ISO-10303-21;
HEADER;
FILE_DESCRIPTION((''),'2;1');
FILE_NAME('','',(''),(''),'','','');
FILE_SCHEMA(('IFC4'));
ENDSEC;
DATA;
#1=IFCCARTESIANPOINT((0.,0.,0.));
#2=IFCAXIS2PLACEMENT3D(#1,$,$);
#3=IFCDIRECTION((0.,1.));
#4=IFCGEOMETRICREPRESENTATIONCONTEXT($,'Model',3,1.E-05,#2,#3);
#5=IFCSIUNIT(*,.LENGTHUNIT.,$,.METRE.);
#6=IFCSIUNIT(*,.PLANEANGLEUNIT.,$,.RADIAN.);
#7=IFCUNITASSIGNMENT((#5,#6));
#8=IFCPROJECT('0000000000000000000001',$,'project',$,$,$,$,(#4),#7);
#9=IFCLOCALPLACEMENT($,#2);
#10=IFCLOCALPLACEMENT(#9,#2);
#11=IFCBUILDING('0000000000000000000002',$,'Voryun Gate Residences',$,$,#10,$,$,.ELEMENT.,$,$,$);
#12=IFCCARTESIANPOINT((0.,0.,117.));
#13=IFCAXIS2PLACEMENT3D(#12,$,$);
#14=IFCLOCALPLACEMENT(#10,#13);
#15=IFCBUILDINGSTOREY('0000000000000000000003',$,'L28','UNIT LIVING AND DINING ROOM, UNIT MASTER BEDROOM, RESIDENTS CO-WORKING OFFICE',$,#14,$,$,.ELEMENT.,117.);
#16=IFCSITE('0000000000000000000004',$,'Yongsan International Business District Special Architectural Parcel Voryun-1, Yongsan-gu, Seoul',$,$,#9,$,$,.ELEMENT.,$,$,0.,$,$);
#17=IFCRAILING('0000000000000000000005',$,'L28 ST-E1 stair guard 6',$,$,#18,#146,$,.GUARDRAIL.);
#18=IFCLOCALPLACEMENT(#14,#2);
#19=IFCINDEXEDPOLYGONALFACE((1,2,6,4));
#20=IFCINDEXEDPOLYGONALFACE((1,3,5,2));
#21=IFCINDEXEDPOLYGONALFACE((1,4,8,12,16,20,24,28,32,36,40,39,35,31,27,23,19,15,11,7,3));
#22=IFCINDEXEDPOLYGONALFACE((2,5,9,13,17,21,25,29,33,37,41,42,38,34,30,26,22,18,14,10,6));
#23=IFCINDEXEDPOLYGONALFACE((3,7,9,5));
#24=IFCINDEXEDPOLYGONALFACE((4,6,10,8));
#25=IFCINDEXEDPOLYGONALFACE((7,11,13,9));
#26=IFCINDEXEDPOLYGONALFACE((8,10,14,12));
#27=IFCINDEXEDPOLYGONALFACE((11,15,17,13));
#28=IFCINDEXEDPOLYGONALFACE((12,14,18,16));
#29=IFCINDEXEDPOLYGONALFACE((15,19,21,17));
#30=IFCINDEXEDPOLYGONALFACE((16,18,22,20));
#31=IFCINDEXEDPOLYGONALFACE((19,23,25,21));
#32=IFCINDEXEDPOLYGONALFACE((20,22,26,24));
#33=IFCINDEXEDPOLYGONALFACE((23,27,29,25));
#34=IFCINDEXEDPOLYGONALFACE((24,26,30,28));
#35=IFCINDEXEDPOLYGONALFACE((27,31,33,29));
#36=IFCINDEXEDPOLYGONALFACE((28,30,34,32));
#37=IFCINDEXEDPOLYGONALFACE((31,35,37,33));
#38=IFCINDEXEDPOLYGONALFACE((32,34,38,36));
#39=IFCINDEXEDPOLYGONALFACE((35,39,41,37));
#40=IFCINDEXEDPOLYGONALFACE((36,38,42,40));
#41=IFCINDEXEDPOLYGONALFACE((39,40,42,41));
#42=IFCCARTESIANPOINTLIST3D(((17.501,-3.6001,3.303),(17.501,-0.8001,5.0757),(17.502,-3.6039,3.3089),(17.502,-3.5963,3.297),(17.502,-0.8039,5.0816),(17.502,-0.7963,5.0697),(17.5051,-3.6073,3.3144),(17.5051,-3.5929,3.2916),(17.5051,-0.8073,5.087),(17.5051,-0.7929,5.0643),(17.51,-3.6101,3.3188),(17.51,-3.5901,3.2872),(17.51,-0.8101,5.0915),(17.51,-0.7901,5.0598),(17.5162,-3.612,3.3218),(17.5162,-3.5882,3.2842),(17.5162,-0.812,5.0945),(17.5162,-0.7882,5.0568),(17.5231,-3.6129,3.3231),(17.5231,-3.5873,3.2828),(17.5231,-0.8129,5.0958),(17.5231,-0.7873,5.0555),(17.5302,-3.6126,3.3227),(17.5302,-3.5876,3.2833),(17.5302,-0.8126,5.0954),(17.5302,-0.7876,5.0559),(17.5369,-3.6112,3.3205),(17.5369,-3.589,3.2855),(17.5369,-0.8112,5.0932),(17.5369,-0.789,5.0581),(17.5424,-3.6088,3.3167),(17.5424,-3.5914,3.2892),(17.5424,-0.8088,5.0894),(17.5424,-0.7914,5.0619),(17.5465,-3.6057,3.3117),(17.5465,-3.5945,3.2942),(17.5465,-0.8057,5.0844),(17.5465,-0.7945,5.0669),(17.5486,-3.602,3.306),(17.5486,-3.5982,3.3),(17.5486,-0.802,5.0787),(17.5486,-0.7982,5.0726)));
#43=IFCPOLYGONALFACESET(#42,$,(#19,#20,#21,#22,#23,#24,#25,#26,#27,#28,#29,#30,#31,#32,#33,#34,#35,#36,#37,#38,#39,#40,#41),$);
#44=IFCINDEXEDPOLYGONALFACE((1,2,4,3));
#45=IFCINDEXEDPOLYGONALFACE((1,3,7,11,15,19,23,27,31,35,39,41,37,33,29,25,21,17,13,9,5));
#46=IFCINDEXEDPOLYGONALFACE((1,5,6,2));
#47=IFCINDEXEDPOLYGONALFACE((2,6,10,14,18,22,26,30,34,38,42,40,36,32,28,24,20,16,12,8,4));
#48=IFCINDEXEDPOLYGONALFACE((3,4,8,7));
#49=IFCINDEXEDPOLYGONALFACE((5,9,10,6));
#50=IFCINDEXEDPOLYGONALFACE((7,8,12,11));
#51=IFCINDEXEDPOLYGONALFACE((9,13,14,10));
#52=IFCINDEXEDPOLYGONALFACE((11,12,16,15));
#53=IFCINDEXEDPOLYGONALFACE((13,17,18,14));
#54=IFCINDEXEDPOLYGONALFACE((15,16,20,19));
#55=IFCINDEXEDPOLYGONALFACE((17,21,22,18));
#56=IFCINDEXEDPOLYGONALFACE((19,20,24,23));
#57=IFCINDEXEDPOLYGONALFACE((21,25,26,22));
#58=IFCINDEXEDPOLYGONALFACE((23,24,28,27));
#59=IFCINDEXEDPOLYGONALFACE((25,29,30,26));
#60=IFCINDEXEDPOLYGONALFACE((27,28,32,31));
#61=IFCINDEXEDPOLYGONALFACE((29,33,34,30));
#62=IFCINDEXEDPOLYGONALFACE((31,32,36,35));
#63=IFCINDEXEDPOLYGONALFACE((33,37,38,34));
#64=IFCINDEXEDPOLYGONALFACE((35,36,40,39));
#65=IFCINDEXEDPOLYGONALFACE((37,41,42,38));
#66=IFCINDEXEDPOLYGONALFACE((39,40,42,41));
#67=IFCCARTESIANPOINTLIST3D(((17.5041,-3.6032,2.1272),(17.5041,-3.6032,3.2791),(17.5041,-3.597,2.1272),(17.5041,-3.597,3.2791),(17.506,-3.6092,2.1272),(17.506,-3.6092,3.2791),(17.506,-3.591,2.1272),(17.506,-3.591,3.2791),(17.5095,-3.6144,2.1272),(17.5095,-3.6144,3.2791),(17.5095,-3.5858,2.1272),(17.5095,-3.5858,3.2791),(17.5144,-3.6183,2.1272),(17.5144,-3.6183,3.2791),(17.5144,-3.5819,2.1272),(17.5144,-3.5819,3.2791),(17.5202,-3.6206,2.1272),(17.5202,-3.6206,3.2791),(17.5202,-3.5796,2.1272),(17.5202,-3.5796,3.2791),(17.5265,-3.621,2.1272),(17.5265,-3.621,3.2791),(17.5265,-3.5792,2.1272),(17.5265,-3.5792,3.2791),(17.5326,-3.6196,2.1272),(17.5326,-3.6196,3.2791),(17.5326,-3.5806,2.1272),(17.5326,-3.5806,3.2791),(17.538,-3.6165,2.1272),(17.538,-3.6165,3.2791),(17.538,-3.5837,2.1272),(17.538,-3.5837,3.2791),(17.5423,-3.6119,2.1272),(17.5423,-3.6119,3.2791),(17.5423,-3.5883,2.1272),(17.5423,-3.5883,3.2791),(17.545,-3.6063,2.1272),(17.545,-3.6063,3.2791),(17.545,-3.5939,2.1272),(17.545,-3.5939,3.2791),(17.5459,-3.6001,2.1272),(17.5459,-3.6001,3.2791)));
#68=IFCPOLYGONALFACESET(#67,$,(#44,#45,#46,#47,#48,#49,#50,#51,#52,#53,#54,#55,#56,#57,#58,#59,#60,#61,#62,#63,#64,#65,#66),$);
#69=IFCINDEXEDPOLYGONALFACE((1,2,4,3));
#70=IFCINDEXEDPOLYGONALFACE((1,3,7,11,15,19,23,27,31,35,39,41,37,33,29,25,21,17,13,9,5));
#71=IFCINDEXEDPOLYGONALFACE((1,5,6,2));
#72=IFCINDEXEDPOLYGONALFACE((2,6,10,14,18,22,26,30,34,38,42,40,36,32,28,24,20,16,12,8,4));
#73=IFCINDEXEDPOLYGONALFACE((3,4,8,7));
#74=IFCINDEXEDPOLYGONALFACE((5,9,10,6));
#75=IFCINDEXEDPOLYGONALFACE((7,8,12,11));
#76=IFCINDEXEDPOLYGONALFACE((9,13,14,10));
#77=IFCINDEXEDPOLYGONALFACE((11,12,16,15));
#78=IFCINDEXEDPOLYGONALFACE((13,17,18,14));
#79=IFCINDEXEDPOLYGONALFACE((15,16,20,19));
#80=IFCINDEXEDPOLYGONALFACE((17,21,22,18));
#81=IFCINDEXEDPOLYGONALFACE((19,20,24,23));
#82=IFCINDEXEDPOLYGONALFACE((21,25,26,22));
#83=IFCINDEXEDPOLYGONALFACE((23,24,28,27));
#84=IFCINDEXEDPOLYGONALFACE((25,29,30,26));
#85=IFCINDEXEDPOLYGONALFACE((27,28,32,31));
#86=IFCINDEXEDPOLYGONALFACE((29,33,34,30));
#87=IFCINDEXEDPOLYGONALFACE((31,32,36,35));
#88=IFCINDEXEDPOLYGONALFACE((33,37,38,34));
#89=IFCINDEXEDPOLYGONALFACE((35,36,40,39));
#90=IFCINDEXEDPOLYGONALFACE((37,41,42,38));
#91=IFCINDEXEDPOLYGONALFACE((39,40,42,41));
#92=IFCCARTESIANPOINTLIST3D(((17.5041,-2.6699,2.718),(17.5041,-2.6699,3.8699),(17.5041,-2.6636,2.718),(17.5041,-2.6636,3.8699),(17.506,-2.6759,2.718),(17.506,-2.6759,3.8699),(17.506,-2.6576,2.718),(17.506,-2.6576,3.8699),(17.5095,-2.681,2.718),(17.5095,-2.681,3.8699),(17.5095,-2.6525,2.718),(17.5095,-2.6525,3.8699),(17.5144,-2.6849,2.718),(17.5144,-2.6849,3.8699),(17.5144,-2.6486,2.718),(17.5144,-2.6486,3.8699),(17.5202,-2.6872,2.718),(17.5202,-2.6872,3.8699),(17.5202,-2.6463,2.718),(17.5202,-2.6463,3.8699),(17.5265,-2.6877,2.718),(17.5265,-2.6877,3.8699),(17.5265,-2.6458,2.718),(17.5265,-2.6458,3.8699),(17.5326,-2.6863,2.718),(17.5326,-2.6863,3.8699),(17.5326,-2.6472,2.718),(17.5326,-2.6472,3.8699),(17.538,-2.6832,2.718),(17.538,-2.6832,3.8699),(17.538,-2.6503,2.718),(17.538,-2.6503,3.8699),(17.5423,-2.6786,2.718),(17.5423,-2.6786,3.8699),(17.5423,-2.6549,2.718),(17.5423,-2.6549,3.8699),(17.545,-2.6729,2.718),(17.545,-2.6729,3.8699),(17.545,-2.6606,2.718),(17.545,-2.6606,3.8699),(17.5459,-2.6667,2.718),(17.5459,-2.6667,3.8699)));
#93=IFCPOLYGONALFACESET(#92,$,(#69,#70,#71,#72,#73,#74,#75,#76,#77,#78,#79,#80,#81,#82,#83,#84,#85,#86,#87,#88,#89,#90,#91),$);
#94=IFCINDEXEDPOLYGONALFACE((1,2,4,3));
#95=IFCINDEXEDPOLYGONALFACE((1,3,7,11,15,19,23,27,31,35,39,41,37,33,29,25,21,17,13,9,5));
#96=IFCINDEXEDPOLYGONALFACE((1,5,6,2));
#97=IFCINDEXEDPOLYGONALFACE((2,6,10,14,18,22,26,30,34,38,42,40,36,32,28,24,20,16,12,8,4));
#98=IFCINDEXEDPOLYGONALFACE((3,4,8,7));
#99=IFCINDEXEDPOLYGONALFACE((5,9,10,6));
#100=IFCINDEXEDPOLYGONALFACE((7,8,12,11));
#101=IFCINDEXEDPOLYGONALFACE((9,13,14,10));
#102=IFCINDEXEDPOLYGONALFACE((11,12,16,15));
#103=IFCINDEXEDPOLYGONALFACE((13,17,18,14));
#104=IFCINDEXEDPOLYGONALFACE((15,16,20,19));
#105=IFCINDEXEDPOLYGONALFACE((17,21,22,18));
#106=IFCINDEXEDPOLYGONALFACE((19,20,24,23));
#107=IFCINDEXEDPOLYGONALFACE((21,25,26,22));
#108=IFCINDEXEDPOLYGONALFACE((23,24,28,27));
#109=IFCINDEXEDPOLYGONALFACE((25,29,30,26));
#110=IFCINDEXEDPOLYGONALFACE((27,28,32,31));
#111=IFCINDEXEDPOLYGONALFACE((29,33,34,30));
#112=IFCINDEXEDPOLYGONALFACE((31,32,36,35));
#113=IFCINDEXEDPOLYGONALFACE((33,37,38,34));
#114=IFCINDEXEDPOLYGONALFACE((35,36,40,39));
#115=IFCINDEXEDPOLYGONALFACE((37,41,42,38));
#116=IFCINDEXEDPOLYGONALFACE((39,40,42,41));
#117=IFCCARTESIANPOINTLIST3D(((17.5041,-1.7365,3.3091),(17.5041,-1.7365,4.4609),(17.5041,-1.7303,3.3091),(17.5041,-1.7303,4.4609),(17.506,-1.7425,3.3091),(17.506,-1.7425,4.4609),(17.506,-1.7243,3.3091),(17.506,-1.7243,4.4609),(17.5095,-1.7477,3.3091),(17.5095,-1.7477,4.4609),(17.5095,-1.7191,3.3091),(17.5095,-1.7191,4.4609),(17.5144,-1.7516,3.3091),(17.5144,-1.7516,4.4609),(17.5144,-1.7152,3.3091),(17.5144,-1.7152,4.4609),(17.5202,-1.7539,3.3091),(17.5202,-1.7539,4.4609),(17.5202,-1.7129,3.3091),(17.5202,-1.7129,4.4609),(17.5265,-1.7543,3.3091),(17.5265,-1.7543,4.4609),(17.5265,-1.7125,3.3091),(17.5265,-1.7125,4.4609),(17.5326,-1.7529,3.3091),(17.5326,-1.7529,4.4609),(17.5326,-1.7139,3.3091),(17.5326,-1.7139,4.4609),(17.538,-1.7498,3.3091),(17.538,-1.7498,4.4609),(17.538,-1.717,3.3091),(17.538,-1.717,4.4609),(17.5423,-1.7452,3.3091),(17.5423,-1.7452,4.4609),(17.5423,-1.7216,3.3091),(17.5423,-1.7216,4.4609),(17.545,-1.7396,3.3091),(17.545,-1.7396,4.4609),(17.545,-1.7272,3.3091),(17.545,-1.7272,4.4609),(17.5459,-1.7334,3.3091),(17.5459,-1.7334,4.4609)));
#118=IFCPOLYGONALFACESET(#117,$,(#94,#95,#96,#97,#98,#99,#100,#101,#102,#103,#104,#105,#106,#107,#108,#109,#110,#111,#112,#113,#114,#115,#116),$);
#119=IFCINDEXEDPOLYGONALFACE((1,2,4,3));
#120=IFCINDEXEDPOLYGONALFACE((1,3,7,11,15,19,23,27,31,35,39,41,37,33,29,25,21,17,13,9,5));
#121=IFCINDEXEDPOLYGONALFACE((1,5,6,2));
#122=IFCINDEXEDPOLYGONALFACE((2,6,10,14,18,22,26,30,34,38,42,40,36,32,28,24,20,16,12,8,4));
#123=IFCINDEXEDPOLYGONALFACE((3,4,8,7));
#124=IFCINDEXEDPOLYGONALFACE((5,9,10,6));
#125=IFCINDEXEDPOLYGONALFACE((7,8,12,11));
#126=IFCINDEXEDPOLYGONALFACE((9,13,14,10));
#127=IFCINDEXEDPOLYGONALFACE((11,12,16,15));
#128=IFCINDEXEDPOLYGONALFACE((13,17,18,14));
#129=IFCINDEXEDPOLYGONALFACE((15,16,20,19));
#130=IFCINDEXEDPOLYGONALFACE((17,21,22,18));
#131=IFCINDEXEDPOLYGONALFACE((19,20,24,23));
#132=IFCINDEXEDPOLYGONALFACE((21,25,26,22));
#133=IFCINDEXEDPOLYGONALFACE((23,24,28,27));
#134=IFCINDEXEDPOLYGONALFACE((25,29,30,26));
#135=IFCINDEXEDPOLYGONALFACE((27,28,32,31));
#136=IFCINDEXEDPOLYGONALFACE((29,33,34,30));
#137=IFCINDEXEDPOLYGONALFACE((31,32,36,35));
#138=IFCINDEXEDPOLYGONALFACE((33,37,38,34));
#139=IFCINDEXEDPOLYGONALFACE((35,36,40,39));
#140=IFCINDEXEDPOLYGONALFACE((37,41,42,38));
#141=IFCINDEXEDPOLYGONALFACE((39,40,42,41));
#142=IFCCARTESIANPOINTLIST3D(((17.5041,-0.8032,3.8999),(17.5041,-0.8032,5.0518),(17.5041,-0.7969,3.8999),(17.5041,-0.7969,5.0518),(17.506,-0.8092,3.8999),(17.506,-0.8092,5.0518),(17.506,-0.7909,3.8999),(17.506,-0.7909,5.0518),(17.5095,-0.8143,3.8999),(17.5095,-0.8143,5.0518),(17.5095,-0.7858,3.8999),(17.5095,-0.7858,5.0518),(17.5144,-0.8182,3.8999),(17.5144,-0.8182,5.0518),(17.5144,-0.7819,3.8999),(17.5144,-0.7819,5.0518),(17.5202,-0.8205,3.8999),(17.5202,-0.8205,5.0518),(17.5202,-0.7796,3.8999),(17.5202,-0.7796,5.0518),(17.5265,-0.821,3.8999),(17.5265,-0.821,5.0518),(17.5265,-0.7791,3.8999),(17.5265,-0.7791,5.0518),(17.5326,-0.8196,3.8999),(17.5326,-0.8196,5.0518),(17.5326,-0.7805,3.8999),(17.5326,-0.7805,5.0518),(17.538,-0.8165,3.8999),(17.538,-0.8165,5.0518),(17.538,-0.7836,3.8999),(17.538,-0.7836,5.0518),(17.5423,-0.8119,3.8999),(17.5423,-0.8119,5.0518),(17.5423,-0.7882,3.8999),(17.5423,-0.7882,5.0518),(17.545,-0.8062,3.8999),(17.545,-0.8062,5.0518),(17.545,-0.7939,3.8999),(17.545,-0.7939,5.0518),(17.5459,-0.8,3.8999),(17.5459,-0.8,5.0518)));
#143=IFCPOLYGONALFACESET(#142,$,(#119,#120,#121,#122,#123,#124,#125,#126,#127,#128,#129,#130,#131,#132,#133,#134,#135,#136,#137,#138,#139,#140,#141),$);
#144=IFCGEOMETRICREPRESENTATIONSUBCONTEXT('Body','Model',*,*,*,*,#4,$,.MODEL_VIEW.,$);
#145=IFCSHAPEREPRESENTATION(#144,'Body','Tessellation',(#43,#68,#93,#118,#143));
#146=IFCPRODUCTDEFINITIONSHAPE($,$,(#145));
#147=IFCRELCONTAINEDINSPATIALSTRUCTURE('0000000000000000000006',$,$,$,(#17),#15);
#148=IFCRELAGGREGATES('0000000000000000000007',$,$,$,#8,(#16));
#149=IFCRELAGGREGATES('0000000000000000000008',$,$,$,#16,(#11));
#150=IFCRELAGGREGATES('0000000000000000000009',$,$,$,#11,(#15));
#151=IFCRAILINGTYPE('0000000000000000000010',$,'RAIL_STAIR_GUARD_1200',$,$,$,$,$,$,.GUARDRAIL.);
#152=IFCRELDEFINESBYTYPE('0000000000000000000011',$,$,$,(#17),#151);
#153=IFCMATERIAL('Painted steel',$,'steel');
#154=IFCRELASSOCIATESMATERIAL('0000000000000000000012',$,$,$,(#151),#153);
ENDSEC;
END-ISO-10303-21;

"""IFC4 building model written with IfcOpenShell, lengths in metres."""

from ifc_helpers import new_model, si_unit, direction, frame, origin, origin_2d, place, context, subcontext, project, spatial, circle, extrude, material, type_object, element, save


model = new_model("IFC4")

# Units and contexts
model_context = context("Model", 3, precision=1e-05, world=origin(), true_north=direction((0.0, 1.0)))
body_context = subcontext(model_context, "Body", "Model", "MODEL_VIEW")
ifc_project = project(units=[si_unit("LENGTHUNIT", "METRE"), si_unit("PLANEANGLEUNIT", "RADIAN")], contexts=[model_context])

# Site, building, storey
site_placement = place(None, origin())
site = spatial("IfcSite", under=ifc_project, at=site_placement, Name="Yongsan International Business District Special Architectural Parcel Voryun-1, Yongsan-gu, Seoul", CompositionType="ELEMENT", RefElevation=0.0)
building_placement = place(site_placement, origin())
building = spatial("IfcBuilding", under=site, at=building_placement, Name="Voryun Gate Residences", CompositionType="ELEMENT")
storey_placement = place(building_placement, frame((0.0, 0.0, 117.0)))
storey = spatial("IfcBuildingStorey", under=building, at=storey_placement, Name="L28", Description="UNIT LIVING AND DINING ROOM, UNIT MASTER BEDROOM, RESIDENTS CO-WORKING OFFICE", CompositionType="ELEMENT", Elevation=117.0)

# Railing
ifc_material_1 = material(Name="Painted steel", Category="steel")
railing_type_1 = type_object("IfcRailingType", Name="RAIL_STAIR_GUARD_1200", PredefinedType="GUARDRAIL", material=ifc_material_1)
railing_1_placement = place(storey_placement, frame((17.5249, -3.6001, 2.1272)))
element("IfcRailing", 1, at=railing_1_placement, inside=storey, type_object=railing_type_1, Name="L28 ST-E1 stair guard 6", PredefinedType="GUARDRAIL", context=body_context, shape_type="SweptSolid", body=[
    extrude(circle(Radius=0.0239, at=origin_2d()), frame((0.0, 0.0, 1.1758), z_axis=(0.0, 0.844909, 0.53491), x_axis=(-1.0, 0.0, 0.0)), (0.0, 0.0, 1.0), 3.314),
    extrude(circle(Radius=0.021, at=origin_2d()), origin(), (0.0, 0.0, 1.0), 1.1519),
    extrude(circle(Radius=0.021, at=origin_2d()), frame((0.0, 0.9333, 0.5908)), (0.0, 0.0, 1.0), 1.1519),
    extrude(circle(Radius=0.021, at=origin_2d()), frame((0.0, 1.8667, 1.1819)), (0.0, 0.0, 1.0), 1.1519),
    extrude(circle(Radius=0.021, at=origin_2d()), frame((0.0, 2.8, 1.7727)), (0.0, 0.0, 1.0), 1.1519),
])

save(model, "model.ifc")
